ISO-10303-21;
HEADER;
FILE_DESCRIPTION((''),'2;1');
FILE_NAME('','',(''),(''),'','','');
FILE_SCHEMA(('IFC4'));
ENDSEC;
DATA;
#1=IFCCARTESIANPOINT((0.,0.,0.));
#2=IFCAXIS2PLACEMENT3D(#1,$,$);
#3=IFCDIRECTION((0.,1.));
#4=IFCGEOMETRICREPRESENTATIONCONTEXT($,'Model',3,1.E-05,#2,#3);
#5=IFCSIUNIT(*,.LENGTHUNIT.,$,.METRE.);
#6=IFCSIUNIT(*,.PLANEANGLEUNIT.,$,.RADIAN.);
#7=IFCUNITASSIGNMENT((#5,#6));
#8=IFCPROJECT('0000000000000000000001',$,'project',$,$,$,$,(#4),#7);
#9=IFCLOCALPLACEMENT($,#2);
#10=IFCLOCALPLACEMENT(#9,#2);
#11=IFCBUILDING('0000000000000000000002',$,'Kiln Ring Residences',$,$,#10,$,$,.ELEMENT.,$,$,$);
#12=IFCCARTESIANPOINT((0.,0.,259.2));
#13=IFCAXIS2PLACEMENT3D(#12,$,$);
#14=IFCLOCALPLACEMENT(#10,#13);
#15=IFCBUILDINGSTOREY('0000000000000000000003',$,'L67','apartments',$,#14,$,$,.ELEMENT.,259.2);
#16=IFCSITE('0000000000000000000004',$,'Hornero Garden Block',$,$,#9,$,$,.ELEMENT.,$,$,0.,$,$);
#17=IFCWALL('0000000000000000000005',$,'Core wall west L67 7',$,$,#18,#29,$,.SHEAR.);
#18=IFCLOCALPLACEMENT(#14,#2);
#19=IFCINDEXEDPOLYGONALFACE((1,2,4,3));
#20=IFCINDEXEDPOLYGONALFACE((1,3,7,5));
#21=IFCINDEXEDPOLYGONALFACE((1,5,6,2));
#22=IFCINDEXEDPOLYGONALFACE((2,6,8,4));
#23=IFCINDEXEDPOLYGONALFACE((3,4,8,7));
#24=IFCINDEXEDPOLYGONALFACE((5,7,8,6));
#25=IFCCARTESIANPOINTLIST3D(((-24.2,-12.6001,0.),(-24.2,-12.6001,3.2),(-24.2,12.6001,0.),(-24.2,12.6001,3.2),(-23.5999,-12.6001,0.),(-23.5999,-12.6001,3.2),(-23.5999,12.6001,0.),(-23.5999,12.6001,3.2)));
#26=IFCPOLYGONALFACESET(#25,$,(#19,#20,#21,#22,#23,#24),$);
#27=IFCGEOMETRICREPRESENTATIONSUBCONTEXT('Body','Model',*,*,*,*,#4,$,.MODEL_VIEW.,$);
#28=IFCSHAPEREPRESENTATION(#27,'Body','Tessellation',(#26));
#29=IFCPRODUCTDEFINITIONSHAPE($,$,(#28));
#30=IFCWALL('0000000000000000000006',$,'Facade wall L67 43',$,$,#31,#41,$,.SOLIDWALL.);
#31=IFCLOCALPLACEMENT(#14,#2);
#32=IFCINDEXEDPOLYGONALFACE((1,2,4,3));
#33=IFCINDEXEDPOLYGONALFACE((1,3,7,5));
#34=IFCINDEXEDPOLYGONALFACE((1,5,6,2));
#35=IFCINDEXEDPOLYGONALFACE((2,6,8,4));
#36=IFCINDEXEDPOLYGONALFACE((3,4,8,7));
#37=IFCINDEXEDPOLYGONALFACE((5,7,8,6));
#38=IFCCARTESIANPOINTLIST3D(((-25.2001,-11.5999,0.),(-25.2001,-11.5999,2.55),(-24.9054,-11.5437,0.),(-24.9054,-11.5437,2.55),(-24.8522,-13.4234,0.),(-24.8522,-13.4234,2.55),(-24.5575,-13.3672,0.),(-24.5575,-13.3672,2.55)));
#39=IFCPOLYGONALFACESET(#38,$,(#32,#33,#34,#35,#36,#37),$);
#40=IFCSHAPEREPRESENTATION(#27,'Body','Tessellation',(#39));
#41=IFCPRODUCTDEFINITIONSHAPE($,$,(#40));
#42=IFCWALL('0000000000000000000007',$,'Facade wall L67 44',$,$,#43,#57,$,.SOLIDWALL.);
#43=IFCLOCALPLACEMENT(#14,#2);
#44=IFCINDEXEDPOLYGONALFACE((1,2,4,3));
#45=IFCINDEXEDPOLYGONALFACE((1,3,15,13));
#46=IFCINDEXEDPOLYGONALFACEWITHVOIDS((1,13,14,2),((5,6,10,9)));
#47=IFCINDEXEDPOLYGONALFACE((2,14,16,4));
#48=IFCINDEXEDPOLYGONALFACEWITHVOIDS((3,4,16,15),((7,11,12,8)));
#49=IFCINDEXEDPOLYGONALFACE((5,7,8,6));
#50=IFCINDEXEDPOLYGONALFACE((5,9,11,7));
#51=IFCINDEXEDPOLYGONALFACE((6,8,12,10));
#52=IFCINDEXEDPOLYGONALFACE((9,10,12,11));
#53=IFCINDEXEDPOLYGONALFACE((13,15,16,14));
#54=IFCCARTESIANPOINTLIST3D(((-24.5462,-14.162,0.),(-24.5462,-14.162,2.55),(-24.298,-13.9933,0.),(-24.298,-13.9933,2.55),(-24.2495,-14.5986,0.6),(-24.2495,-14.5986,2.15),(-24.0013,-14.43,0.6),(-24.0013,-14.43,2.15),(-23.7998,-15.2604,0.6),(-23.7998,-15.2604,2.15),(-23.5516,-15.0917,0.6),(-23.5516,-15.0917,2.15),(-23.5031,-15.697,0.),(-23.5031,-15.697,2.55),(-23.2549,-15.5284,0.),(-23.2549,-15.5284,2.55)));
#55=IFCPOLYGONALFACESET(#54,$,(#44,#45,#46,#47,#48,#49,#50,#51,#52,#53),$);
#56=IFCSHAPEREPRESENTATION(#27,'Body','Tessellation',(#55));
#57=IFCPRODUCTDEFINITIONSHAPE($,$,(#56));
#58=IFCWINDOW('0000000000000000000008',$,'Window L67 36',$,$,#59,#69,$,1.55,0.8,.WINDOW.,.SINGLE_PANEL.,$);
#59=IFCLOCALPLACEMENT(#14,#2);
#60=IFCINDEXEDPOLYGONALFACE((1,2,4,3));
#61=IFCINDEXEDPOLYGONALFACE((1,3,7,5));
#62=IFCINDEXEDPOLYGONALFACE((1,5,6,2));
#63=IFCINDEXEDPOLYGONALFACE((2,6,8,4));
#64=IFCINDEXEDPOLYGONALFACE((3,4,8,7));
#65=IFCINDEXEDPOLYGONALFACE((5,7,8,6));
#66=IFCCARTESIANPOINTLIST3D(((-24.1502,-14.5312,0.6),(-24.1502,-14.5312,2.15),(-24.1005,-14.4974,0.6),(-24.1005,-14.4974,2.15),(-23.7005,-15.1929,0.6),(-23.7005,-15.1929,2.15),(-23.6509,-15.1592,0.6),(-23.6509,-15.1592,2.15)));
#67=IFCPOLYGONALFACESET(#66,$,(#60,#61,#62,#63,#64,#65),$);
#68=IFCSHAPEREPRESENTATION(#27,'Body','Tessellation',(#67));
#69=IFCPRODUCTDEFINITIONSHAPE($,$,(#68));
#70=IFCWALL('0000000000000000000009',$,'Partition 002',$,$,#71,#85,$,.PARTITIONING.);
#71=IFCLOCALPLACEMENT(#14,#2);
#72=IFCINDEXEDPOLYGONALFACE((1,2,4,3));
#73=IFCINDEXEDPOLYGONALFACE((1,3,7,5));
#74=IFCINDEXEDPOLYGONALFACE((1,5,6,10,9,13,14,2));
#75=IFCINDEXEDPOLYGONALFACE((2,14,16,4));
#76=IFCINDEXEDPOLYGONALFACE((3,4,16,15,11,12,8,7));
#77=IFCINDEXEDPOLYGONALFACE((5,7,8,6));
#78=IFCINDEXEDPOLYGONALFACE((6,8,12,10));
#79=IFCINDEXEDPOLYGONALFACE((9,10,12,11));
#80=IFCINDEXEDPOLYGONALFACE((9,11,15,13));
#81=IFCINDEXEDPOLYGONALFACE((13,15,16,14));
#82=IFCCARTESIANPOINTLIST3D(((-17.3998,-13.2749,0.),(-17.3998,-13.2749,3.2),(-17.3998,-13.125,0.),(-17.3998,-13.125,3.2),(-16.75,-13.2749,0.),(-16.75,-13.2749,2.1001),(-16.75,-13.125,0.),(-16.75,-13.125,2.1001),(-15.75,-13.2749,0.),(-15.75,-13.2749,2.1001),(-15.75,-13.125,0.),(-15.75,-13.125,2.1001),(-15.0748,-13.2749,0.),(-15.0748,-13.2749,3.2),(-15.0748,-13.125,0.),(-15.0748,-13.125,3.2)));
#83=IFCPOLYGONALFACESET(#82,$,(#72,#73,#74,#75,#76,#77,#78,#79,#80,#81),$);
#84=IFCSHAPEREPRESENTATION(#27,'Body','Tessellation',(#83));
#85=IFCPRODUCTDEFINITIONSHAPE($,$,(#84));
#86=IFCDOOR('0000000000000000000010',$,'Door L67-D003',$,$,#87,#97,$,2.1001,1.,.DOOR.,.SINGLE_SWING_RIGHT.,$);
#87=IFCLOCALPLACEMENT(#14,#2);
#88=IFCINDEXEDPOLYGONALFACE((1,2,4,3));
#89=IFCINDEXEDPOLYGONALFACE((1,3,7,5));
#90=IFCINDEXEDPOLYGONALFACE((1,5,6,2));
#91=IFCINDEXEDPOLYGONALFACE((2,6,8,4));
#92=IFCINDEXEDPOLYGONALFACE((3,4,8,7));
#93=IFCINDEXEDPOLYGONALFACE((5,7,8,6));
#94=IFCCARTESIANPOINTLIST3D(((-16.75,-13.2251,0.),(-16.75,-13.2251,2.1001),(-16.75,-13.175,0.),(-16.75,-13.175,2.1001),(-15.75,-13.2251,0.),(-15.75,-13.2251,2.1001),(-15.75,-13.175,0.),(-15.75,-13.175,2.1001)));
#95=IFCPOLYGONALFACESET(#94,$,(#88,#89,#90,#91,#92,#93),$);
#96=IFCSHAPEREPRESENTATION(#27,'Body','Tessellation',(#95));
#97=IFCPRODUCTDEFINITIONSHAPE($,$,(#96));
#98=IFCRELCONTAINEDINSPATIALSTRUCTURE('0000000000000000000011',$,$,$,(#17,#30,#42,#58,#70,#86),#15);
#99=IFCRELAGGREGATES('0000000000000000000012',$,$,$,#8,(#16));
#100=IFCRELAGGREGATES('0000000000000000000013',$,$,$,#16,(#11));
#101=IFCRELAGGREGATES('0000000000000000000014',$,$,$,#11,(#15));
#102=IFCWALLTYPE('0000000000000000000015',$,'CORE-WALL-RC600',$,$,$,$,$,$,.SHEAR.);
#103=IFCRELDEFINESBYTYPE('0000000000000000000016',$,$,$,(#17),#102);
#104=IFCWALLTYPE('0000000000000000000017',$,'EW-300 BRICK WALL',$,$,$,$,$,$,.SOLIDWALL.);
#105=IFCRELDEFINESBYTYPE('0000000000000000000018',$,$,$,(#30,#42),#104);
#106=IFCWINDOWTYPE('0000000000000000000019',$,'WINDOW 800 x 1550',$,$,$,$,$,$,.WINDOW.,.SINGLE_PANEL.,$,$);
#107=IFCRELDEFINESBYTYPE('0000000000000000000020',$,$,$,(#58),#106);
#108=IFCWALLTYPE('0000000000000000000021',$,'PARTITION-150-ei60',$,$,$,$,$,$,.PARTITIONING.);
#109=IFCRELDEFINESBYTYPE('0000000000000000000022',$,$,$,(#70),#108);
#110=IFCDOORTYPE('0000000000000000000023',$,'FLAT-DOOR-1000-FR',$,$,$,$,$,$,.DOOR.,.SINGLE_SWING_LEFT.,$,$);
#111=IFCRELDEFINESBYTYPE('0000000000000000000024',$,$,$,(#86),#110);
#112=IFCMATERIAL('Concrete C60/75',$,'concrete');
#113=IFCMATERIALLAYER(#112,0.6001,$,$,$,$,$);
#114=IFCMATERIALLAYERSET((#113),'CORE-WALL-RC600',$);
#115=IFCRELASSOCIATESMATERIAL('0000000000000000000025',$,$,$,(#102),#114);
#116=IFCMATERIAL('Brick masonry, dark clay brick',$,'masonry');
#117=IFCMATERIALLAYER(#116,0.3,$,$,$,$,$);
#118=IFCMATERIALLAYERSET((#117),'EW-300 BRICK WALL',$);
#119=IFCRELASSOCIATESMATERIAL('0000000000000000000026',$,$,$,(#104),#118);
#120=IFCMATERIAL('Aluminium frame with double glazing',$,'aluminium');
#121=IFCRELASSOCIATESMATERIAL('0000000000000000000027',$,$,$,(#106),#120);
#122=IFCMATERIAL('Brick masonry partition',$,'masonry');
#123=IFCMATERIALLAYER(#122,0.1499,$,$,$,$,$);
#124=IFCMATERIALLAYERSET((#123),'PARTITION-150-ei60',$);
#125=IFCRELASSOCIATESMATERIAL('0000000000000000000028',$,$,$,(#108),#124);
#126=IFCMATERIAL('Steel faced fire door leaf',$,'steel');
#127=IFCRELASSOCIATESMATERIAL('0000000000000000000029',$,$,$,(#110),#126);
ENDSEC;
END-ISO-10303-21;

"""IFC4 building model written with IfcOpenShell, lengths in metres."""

from ifc_helpers import new_model, si_unit, direction, frame, frame_2d, origin, place, context, subcontext, project, spatial, rectangle, extrude, material, layer, layer_set, type_object, element, fill, save


model = new_model("IFC4")

# Units and contexts
model_context = context("Model", 3, precision=1e-05, world=origin(), true_north=direction((0.0, 1.0)))
body_context = subcontext(model_context, "Body", "Model", "MODEL_VIEW")
ifc_project = project(units=[si_unit("LENGTHUNIT", "METRE"), si_unit("PLANEANGLEUNIT", "RADIAN")], contexts=[model_context])

# Site, building, storey
site_placement = place(None, origin())
site = spatial("IfcSite", under=ifc_project, at=site_placement, Name="Hornero Garden Block", CompositionType="ELEMENT", RefElevation=0.0)
building_placement = place(site_placement, origin())
building = spatial("IfcBuilding", under=site, at=building_placement, Name="Kiln Ring Residences", CompositionType="ELEMENT")
storey_placement = place(building_placement, frame((0.0, 0.0, 259.2)))
storey = spatial("IfcBuildingStorey", under=building, at=storey_placement, Name="L67", Description="apartments", CompositionType="ELEMENT", Elevation=259.2)

# Walls
ifc_material_1 = material(Name="Concrete C60/75", Category="concrete")
ifc_layer_1 = layer(ifc_material_1, 0.6001)
ifc_layer_set_1 = layer_set([ifc_layer_1], Name="CORE-WALL-RC600")
wall_type_1 = type_object("IfcWallType", Name="CORE-WALL-RC600", PredefinedType="SHEAR", material=ifc_layer_set_1)
wall_1_placement = place(storey_placement, frame((-23.8999, -12.6001, 0.0), z_axis=(0.0, 0.0, 1.0), x_axis=(0.0, 1.0, 0.0)))
element("IfcWall", 1, at=wall_1_placement, inside=storey, type_object=wall_type_1, Name="Core wall west L67 7", PredefinedType="SHEAR", context=body_context, shape_type="SweptSolid", body=[
    extrude(rectangle(XDim=25.2002, YDim=0.6001, at=frame_2d((12.6001, 0.0))), origin(), (0.0, 0.0, 1.0), 3.2),
])
ifc_material_2 = material(Name="Brick masonry, dark clay brick", Category="masonry")
ifc_layer_2 = layer(ifc_material_2, 0.3)
ifc_layer_set_2 = layer_set([ifc_layer_2], Name="EW-300 BRICK WALL")
wall_type_2 = type_object("IfcWallType", Name="EW-300 BRICK WALL", PredefinedType="SOLIDWALL", material=ifc_layer_set_2)
wall_2_placement = place(storey_placement, frame((-25.0527, -11.5718, 0.0), z_axis=(0.0, 0.0, 1.0), x_axis=(0.187408, -0.982282, 0.0)))
element("IfcWall", 2, at=wall_2_placement, inside=storey, type_object=wall_type_2, Name="Facade wall L67 43", PredefinedType="SOLIDWALL", context=body_context, shape_type="SweptSolid", body=[
    extrude(rectangle(XDim=1.8564, YDim=0.3, at=frame_2d((0.9282, 0.0))), origin(), (0.0, 0.0, 1.0), 2.55),
])

# Wall, opening, window
wall_3_placement = place(storey_placement, frame((-24.4221, -14.0776, 0.0), z_axis=(0.0, 0.0, 1.0), x_axis=(0.562055, -0.8271, 0.0)))
wall_3 = element("IfcWall", 3, at=wall_3_placement, inside=storey, type_object=wall_type_2, Name="Facade wall L67 44", PredefinedType="SOLIDWALL", context=body_context, shape_type="SweptSolid", body=[
    extrude(rectangle(XDim=1.856, YDim=0.3, at=frame_2d((0.928, 0.0))), origin(), (0.0, 0.0, 1.0), 2.55),
])
opening_1_placement = place(wall_3_placement, frame((0.5281, 0.0, 0.6001)))
opening_1 = element("IfcOpeningElement", 4, at=opening_1_placement, cuts=wall_3, PredefinedType="OPENING", context=body_context, shape_type="SweptSolid", body=[
    extrude(rectangle(XDim=0.8, YDim=1.55, at=frame_2d((0.3999, 0.7749))), frame((0.0, 0.1599, 0.0), z_axis=(0.0, -1.0, 0.0), x_axis=(1.0, 0.0, 0.0)), (0.0, 0.0, 1.0), 0.3201),
])
ifc_material_3 = material(Name="Aluminium frame with double glazing", Category="aluminium")
window_type = type_object("IfcWindowType", Name="WINDOW 800 x 1550", PartitioningType="SINGLE_PANEL", PredefinedType="WINDOW", material=ifc_material_3)
window_placement = place(opening_1_placement, origin())
window = element("IfcWindow", 5, at=window_placement, inside=storey, type_object=window_type, Name="Window L67 36", OverallHeight=1.55, OverallWidth=0.8, PartitioningType="SINGLE_PANEL", PredefinedType="WINDOW", context=body_context, shape_type="SweptSolid", body=[
    extrude(rectangle(XDim=0.8, YDim=1.55, at=frame_2d((0.3999, 0.7749))), frame((0.0, 0.03, 0.0), z_axis=(0.0, -1.0, 0.0), x_axis=(1.0, 0.0, 0.0)), (0.0, 0.0, 1.0), 0.0601),
])
fill(opening_1, window)

# Wall, opening, door
ifc_material_4 = material(Name="Brick masonry partition", Category="masonry")
ifc_layer_3 = layer(ifc_material_4, 0.1499)
ifc_layer_set_3 = layer_set([ifc_layer_3], Name="PARTITION-150-ei60")
wall_type_3 = type_object("IfcWallType", Name="PARTITION-150-ei60", PredefinedType="PARTITIONING", material=ifc_layer_set_3)
wall_4_placement = place(storey_placement, frame((-17.3999, -13.2, 0.0), z_axis=(0.0, 0.0, 1.0), x_axis=(1.0, 0.0, 0.0)))
wall_4 = element("IfcWall", 6, at=wall_4_placement, inside=storey, type_object=wall_type_3, Name="Partition 002", PredefinedType="PARTITIONING", context=body_context, shape_type="SweptSolid", body=[
    extrude(rectangle(XDim=2.325, YDim=0.1499, at=frame_2d((1.1626, 0.0))), origin(), (0.0, 0.0, 1.0), 3.2),
])
opening_2_placement = place(wall_4_placement, frame((0.6499, 0.0, 0.0)))
opening_2 = element("IfcOpeningElement", 7, at=opening_2_placement, cuts=wall_4, PredefinedType="OPENING", context=body_context, shape_type="SweptSolid", body=[
    extrude(rectangle(XDim=1.0, YDim=2.1001, at=frame_2d((0.5, 1.05))), frame((0.0, 0.085, 0.0), z_axis=(0.0, -1.0, 0.0), x_axis=(1.0, 0.0, 0.0)), (0.0, 0.0, 1.0), 0.1699),
])
ifc_material_5 = material(Name="Steel faced fire door leaf", Category="steel")
door_type_1 = type_object("IfcDoorType", Name="FLAT-DOOR-1000-FR", OperationType="SINGLE_SWING_LEFT", PredefinedType="DOOR", material=ifc_material_5)
door_1_placement = place(opening_2_placement, origin())
door_1 = element("IfcDoor", 8, at=door_1_placement, inside=storey, type_object=door_type_1, Name="Door L67-D003", OperationType="SINGLE_SWING_RIGHT", OverallHeight=2.1001, OverallWidth=1.0, PredefinedType="DOOR", context=body_context, shape_type="SweptSolid", body=[
    extrude(rectangle(XDim=1.0, YDim=2.1001, at=frame_2d((0.5, 1.05))), frame((0.0, 0.0249, 0.0), z_axis=(0.0, -1.0, 0.0), x_axis=(1.0, 0.0, 0.0)), (0.0, 0.0, 1.0), 0.05),
])
fill(opening_2, door_1)

save(model, "model.ifc")
